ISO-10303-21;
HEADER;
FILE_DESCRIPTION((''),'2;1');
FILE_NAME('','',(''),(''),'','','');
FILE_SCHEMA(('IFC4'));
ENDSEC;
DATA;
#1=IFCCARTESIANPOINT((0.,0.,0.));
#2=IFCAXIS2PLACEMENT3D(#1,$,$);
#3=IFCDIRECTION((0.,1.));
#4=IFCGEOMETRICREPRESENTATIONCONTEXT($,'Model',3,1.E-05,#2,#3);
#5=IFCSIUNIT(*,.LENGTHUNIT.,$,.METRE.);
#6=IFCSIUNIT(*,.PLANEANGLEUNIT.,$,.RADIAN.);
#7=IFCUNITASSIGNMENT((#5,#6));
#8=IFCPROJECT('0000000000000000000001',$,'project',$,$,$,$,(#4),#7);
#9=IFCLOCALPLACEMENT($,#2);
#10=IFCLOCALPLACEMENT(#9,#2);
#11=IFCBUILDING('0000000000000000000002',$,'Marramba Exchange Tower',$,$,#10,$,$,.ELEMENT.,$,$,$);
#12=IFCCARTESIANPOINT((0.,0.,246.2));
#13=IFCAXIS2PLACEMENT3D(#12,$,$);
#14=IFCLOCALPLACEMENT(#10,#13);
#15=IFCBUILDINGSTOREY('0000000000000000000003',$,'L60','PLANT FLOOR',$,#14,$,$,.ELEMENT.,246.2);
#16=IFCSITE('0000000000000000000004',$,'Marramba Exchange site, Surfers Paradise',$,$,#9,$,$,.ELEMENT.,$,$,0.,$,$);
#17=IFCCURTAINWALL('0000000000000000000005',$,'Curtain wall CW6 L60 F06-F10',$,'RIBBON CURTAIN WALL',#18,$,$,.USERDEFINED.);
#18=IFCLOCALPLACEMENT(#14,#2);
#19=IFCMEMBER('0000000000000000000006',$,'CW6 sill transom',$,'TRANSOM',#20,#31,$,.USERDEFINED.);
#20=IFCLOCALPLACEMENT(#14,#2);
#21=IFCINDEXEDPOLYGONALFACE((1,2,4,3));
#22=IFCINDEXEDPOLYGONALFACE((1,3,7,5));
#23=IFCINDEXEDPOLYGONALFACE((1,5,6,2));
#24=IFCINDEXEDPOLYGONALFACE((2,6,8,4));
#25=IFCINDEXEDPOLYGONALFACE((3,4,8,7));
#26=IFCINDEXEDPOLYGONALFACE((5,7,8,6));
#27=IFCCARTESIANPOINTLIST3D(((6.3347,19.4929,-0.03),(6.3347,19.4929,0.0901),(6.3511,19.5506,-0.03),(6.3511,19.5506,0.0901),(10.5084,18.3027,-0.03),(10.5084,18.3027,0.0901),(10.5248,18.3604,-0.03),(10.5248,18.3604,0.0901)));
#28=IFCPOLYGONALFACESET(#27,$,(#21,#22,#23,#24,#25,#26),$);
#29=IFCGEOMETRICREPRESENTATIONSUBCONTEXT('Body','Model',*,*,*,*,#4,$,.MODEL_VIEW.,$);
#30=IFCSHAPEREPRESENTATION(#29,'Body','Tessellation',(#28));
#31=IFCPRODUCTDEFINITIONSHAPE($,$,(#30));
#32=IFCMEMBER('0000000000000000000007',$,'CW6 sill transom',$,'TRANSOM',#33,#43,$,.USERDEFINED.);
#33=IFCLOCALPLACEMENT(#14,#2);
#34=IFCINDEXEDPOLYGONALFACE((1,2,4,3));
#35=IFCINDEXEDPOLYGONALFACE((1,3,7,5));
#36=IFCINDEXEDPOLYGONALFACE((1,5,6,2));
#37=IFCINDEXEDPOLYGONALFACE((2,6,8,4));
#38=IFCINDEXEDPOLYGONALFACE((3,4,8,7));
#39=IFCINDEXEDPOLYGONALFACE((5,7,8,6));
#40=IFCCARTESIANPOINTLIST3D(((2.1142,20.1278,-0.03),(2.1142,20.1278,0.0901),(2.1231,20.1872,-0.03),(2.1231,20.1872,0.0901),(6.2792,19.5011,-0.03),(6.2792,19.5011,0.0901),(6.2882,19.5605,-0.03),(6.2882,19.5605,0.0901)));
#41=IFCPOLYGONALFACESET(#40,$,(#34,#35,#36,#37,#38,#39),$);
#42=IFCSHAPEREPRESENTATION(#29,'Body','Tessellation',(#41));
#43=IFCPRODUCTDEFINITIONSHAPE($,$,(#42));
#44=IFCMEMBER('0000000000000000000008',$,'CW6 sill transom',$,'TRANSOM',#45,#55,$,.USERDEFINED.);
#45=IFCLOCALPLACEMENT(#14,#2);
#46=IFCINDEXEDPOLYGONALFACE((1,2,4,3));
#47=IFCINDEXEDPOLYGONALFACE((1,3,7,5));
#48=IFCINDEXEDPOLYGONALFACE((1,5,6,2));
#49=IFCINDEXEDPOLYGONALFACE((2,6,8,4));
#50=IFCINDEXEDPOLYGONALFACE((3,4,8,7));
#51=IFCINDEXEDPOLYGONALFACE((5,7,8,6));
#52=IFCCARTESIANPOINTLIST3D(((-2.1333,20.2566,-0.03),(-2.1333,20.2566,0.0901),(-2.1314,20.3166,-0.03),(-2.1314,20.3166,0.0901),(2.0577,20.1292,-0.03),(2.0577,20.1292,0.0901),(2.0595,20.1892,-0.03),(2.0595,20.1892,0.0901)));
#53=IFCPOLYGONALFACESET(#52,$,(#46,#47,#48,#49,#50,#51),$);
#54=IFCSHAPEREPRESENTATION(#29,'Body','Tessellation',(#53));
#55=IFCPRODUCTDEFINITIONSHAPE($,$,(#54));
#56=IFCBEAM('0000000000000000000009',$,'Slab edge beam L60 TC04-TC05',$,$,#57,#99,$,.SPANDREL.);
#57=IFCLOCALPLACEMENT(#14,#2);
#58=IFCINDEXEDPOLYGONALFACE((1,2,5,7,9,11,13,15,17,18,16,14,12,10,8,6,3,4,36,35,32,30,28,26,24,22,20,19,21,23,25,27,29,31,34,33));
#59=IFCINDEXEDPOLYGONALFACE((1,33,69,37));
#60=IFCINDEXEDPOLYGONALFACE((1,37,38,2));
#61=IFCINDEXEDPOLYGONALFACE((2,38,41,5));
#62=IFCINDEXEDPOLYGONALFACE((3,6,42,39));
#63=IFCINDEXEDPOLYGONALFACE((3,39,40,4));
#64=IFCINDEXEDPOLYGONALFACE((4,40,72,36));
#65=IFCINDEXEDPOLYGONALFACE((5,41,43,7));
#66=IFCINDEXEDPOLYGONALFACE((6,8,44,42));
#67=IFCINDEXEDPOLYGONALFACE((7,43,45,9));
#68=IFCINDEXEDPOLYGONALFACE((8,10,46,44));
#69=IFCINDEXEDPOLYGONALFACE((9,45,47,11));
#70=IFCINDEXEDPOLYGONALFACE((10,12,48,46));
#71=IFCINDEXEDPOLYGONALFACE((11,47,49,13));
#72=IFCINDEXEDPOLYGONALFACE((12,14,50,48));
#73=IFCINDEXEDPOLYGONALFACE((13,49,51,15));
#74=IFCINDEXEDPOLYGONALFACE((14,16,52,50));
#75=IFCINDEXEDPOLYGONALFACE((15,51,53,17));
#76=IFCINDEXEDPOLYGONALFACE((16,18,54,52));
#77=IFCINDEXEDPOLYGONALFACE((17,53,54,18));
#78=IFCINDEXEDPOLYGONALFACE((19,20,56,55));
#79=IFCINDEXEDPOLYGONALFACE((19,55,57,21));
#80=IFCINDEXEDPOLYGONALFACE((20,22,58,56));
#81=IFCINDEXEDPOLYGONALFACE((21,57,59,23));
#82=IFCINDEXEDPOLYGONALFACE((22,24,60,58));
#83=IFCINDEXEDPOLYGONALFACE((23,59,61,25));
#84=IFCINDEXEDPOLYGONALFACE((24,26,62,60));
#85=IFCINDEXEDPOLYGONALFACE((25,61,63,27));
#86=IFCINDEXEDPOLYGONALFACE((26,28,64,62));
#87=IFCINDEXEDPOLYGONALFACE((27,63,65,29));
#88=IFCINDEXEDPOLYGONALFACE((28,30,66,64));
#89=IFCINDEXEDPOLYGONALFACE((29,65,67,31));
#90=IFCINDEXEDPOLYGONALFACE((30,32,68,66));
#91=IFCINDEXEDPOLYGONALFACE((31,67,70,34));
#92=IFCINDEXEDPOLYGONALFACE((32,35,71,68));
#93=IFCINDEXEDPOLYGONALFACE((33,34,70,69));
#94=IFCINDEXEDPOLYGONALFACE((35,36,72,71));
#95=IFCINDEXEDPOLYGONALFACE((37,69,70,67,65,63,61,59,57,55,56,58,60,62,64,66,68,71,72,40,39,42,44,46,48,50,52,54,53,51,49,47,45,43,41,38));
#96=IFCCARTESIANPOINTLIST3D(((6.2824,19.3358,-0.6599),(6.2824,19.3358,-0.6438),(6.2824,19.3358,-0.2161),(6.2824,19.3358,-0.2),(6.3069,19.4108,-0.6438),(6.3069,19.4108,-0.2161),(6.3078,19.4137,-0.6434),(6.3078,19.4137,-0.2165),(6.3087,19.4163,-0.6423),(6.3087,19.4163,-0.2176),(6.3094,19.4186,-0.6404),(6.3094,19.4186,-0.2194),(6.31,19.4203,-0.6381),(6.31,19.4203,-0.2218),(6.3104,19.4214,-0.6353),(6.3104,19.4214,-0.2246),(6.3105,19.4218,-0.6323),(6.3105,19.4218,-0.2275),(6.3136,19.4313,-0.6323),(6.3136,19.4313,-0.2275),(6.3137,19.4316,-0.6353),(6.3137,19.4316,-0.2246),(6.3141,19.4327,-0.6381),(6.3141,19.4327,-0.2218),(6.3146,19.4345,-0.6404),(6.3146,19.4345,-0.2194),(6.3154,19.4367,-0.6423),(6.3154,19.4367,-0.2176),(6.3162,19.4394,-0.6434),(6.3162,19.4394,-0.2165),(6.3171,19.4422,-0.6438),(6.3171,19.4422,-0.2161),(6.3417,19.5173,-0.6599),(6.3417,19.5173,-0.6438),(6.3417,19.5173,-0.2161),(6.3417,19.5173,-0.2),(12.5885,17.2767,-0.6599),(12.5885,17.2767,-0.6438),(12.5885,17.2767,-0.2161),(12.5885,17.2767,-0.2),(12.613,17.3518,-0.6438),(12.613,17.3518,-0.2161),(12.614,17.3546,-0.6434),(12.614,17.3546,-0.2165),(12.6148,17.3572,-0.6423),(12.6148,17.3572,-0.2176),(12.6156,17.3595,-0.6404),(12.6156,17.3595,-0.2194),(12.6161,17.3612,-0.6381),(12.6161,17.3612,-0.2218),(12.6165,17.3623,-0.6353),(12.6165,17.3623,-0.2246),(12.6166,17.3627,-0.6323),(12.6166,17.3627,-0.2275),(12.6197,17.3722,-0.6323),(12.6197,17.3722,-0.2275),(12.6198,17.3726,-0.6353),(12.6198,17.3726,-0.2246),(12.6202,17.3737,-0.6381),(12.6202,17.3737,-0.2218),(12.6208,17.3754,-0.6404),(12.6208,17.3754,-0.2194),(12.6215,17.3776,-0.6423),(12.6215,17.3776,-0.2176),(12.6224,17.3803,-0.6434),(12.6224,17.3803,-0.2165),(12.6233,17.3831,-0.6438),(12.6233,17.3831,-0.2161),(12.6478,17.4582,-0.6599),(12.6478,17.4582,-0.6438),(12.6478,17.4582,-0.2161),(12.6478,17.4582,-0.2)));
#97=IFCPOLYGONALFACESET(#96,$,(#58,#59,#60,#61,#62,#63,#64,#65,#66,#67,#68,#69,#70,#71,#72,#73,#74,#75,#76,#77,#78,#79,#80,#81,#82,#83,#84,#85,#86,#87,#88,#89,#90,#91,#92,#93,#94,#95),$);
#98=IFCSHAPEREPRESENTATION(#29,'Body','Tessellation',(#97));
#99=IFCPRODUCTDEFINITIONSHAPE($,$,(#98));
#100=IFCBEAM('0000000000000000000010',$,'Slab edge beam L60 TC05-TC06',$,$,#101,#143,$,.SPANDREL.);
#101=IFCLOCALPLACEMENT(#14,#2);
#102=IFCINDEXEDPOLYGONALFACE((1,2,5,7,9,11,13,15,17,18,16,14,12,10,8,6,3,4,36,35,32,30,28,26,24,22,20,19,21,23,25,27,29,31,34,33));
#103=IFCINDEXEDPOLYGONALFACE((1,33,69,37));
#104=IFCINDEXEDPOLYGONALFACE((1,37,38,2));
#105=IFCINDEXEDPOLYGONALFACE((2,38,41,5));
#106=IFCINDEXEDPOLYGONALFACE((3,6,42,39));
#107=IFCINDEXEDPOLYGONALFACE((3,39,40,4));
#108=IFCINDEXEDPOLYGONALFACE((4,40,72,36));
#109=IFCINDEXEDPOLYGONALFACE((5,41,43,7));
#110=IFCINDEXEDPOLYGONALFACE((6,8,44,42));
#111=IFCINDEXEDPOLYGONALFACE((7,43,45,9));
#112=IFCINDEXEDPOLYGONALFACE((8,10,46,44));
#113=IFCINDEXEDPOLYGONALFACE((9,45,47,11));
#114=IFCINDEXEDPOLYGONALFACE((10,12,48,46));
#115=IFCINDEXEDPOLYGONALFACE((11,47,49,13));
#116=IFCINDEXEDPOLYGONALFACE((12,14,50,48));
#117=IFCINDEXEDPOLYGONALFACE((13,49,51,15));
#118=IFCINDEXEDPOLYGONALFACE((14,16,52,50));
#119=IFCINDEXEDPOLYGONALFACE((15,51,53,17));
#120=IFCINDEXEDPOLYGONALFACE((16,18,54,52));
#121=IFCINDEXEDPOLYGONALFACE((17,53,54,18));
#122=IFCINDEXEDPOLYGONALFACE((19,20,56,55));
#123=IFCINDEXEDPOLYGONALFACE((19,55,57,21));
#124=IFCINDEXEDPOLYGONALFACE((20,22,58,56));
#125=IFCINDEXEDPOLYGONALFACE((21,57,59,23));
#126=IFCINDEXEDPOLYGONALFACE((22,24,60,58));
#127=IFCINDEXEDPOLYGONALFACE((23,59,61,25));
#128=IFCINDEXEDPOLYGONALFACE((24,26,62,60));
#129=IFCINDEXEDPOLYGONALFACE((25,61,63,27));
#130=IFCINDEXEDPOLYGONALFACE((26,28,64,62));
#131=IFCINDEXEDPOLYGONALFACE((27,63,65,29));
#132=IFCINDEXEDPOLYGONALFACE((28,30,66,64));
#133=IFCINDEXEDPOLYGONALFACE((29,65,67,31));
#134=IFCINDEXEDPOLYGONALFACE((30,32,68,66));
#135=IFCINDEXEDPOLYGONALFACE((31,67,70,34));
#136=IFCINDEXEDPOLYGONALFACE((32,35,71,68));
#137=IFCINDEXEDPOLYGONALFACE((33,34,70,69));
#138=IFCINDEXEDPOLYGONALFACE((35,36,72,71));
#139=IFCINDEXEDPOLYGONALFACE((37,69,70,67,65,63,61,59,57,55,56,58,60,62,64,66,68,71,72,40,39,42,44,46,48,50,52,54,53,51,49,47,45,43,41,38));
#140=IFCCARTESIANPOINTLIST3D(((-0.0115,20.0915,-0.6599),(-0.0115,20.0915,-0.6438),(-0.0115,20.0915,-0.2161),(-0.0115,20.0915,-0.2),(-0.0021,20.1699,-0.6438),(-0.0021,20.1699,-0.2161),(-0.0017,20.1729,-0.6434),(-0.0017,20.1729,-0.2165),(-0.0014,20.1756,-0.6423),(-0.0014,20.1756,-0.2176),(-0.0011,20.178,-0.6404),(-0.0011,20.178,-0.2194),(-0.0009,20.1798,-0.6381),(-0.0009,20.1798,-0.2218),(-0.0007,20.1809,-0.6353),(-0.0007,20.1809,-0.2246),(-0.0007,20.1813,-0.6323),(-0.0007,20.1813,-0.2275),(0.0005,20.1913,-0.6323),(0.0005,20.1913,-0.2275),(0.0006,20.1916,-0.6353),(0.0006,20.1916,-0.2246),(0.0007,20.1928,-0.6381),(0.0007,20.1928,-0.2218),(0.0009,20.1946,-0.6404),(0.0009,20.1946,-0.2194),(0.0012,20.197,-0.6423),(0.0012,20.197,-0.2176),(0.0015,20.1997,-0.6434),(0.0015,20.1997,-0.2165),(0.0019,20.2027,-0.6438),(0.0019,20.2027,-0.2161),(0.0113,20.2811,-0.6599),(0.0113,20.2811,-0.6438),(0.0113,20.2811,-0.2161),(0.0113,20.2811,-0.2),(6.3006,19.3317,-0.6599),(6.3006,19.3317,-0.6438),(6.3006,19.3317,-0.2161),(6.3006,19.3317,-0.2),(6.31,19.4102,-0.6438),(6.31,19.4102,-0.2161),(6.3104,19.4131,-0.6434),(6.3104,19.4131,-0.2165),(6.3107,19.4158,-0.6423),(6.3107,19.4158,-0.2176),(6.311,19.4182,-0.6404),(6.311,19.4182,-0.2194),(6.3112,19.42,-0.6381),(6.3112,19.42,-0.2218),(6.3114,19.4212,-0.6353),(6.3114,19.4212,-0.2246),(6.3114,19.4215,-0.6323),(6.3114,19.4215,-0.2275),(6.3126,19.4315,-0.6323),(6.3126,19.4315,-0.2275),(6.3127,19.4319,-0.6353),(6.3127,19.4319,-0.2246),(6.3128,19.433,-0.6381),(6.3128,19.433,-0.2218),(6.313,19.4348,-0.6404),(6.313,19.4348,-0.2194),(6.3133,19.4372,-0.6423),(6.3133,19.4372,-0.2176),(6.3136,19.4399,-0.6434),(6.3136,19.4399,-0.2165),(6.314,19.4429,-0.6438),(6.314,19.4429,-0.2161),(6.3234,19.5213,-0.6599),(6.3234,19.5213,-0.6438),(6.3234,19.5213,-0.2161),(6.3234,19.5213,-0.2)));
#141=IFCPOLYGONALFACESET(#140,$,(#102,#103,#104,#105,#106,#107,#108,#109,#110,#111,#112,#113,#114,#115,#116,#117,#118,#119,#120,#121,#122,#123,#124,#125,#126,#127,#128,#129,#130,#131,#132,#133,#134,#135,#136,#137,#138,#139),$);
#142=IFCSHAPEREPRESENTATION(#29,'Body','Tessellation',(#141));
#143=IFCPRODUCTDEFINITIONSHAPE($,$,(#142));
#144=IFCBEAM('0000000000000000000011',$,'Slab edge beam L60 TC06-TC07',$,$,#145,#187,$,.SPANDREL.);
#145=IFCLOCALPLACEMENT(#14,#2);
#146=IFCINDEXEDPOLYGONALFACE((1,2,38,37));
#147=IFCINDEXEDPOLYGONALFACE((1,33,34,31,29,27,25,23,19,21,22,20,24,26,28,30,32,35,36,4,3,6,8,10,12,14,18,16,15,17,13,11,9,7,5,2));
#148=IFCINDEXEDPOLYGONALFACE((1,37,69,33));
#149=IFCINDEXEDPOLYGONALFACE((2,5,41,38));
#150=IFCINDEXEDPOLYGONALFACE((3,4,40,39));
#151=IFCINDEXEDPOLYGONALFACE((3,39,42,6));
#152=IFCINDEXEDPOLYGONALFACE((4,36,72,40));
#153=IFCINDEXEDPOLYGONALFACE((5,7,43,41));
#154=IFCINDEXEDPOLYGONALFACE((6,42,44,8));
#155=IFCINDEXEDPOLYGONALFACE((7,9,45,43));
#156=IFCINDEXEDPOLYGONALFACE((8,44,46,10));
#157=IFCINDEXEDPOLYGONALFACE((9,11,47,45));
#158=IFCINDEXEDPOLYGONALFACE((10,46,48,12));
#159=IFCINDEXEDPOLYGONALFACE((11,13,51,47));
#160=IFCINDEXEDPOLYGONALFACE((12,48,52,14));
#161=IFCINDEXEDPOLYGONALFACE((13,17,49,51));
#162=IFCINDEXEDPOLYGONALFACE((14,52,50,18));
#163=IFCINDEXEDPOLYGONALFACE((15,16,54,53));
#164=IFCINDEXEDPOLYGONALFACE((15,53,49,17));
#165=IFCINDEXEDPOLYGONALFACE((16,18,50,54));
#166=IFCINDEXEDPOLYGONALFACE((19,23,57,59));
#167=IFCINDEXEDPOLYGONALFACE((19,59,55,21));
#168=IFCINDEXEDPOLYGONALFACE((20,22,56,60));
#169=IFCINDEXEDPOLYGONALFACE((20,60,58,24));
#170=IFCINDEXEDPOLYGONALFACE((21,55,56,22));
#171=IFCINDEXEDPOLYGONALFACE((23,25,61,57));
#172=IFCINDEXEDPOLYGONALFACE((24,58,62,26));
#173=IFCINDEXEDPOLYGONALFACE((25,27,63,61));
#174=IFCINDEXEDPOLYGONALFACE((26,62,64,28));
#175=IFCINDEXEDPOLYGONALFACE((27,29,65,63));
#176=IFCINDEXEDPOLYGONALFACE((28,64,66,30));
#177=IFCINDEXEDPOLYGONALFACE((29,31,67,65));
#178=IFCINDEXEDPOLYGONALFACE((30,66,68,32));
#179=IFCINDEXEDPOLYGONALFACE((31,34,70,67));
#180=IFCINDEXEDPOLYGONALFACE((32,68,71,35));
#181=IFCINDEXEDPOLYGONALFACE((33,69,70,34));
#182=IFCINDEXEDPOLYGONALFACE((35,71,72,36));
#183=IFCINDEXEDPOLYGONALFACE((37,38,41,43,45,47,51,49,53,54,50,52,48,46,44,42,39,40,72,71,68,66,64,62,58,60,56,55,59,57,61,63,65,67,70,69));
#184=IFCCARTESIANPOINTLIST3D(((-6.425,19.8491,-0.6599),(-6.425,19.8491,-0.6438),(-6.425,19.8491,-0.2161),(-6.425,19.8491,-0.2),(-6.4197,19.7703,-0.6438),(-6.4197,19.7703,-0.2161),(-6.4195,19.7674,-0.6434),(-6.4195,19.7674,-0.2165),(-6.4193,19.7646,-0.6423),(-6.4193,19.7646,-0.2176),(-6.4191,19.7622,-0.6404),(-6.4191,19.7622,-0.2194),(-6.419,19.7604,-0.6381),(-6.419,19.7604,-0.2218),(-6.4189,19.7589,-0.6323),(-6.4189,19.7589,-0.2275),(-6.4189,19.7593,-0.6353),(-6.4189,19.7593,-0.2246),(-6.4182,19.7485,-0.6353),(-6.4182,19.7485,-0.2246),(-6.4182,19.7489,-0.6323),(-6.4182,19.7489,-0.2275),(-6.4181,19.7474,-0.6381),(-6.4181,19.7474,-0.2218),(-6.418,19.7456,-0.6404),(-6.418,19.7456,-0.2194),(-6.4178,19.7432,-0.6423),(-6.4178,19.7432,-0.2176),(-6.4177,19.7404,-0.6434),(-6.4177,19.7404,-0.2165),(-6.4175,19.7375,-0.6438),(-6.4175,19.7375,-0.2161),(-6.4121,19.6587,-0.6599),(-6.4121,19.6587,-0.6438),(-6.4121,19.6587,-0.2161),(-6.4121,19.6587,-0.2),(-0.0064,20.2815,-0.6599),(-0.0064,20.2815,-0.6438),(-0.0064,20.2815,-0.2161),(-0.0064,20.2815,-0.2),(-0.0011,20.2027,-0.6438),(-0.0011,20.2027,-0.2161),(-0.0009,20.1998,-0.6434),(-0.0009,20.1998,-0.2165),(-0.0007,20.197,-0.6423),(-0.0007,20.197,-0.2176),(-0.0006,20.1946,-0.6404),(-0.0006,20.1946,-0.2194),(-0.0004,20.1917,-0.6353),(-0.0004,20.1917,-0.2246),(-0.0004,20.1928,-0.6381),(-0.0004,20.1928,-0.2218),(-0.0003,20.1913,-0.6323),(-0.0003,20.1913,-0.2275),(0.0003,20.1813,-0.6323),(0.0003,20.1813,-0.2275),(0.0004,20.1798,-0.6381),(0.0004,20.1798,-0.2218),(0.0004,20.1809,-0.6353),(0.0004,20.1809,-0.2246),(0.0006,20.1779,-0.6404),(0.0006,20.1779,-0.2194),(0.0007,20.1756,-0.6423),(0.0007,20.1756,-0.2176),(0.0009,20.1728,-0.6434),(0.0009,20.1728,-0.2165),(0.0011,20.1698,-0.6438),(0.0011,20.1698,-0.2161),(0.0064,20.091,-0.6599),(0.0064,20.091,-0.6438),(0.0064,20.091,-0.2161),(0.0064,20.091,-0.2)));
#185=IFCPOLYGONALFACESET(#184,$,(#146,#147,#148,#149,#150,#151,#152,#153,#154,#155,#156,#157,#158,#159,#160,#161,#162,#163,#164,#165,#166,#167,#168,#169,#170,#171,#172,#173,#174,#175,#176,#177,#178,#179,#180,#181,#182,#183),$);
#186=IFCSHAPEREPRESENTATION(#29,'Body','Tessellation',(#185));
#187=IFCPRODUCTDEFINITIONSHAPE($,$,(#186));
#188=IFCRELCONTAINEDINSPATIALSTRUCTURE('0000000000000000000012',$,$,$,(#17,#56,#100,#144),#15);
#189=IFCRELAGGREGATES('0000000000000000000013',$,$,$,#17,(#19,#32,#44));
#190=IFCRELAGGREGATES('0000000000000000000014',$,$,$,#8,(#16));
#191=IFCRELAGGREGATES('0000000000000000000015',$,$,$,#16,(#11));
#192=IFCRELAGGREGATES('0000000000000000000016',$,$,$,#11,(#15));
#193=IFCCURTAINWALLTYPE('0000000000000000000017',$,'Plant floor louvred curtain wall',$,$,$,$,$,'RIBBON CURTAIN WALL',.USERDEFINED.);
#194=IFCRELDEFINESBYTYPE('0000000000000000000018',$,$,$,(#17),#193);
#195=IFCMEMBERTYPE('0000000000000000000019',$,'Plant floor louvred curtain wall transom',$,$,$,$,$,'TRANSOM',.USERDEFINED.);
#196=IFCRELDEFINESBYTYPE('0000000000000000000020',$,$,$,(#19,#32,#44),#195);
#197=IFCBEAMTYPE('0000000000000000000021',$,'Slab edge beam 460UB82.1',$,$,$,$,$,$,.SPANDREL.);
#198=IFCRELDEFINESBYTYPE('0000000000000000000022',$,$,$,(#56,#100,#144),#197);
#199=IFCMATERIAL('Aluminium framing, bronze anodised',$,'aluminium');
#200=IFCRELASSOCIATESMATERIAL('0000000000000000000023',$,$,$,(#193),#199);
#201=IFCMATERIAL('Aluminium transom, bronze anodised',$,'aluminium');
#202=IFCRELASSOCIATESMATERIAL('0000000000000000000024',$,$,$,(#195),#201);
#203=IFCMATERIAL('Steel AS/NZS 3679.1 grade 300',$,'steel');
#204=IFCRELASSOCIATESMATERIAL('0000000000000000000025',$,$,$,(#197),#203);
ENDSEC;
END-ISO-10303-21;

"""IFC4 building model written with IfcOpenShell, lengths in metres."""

from ifc_helpers import new_model, si_unit, direction, frame, origin, origin_2d, place, context, subcontext, project, spatial, rectangle, i_section, extrude, material, material_profile, profile_set, type_object, element, aggregate, save


model = new_model("IFC4")

# Units and contexts
model_context = context("Model", 3, precision=1e-05, world=origin(), true_north=direction((0.0, 1.0)))
body_context = subcontext(model_context, "Body", "Model", "MODEL_VIEW")
ifc_project = project(units=[si_unit("LENGTHUNIT", "METRE"), si_unit("PLANEANGLEUNIT", "RADIAN")], contexts=[model_context])

# Site, building, storey
site_placement = place(None, origin())
site = spatial("IfcSite", under=ifc_project, at=site_placement, Name="Marramba Exchange site, Surfers Paradise", CompositionType="ELEMENT", RefElevation=0.0)
building_placement = place(site_placement, origin())
building = spatial("IfcBuilding", under=site, at=building_placement, Name="Marramba Exchange Tower", CompositionType="ELEMENT")
storey_placement = place(building_placement, frame((0.0, 0.0, 246.2)))
storey = spatial("IfcBuildingStorey", under=building, at=storey_placement, Name="L60", Description="PLANT FLOOR", CompositionType="ELEMENT", Elevation=246.2)

# Curtain wall, members
ifc_material_1 = material(Name="Aluminium framing, bronze anodised", Category="aluminium")
curtain_wall_type = type_object("IfcCurtainWallType", Name="Plant floor louvred curtain wall", ElementType="RIBBON CURTAIN WALL", PredefinedType="USERDEFINED", material=ifc_material_1)
curtain_wall_1_placement = place(storey_placement, origin())
curtain_wall_1 = element("IfcCurtainWall", 1, at=curtain_wall_1_placement, inside=storey, type_object=curtain_wall_type, Name="Curtain wall CW6 L60 F06-F10", ObjectType="RIBBON CURTAIN WALL", PredefinedType="USERDEFINED")
ifc_material_2 = material(Name="Aluminium transom, bronze anodised", Category="aluminium")
ifc_material_profile_1 = material_profile(ifc_material_2, rectangle(XDim=0.0601, YDim=0.1201, at=origin_2d()), Name="CW6 transom 60x120")
ifc_profile_set_1 = profile_set([ifc_material_profile_1], Name="Aluminium transom, bronze anodised")
member_type_1 = type_object("IfcMemberType", Name="Plant floor louvred curtain wall transom", ElementType="TRANSOM", PredefinedType="USERDEFINED", material=ifc_profile_set_1)
member_1_placement = place(storey_placement, frame((10.5166, 18.3315, 0.03), z_axis=(-0.961662, 0.274238, 0.0), x_axis=(-0.274238, -0.961662, 0.0)))
member_1 = element("IfcMember", 2, at=member_1_placement, type_object=member_type_1, Name="CW6 sill transom", ObjectType="TRANSOM", PredefinedType="USERDEFINED", context=body_context, shape_type="SweptSolid", body=[
    extrude(rectangle(XDim=0.0601, YDim=0.1201, at=origin_2d()), origin(), (0.0, 0.0, 1.0), 4.3401),
])
member_2_placement = place(storey_placement, frame((6.2837, 19.5308, 0.03), z_axis=(-0.988868, 0.148794, 0.0), x_axis=(-0.148794, -0.988868, 0.0)))
member_2 = element("IfcMember", 3, at=member_2_placement, type_object=member_type_1, Name="CW6 sill transom", ObjectType="TRANSOM", PredefinedType="USERDEFINED", context=body_context, shape_type="SweptSolid", body=[
    extrude(rectangle(XDim=0.0601, YDim=0.1201, at=origin_2d()), origin(), (0.0, 0.0, 1.0), 4.2119),
])
member_3_placement = place(storey_placement, frame((2.0586, 20.1592, 0.03), z_axis=(-0.999538, 0.030395, 0.0), x_axis=(-0.030395, -0.999538, 0.0)))
member_3 = element("IfcMember", 4, at=member_3_placement, type_object=member_type_1, Name="CW6 sill transom", ObjectType="TRANSOM", PredefinedType="USERDEFINED", context=body_context, shape_type="SweptSolid", body=[
    extrude(rectangle(XDim=0.0601, YDim=0.1201, at=origin_2d()), origin(), (0.0, 0.0, 1.0), 4.1929),
])

# Beams
ifc_material_3 = material(Name="Steel AS/NZS 3679.1 grade 300", Category="steel")
ifc_material_profile_2 = material_profile(ifc_material_3, i_section(OverallWidth=0.1909, OverallDepth=0.46, WebThickness=0.01, FlangeThickness=0.0161, FilletRadius=0.0115, at=origin_2d()), Name="460UB82.1")
ifc_profile_set_2 = profile_set([ifc_material_profile_2], Name="Steel AS/NZS 3679.1 grade 300")
beam_type_1 = type_object("IfcBeamType", Name="Slab edge beam 460UB82.1", PredefinedType="SPANDREL", material=ifc_profile_set_2)
beam_1_placement = place(storey_placement, frame((12.6182, 17.3674, -0.4299), z_axis=(-0.950609, 0.310392, 0.0), x_axis=(-0.310392, -0.950609, 0.0)))
element("IfcBeam", 5, at=beam_1_placement, inside=storey, type_object=beam_type_1, Name="Slab edge beam L60 TC04-TC05", PredefinedType="SPANDREL", context=body_context, shape_type="SweptSolid", body=[
    extrude(i_section(OverallWidth=0.1909, OverallDepth=0.46, WebThickness=0.01, FlangeThickness=0.0161, FilletRadius=0.0115, at=origin_2d()), origin(), (0.0, 0.0, 1.0), 6.6338),
])
beam_2_placement = place(storey_placement, frame((6.312, 19.4265, -0.4299), z_axis=(-0.992834, 0.119506, 0.0), x_axis=(-0.119506, -0.992834, 0.0)))
element("IfcBeam", 6, at=beam_2_placement, inside=storey, type_object=beam_type_1, Name="Slab edge beam L60 TC05-TC06", PredefinedType="SPANDREL", context=body_context, shape_type="SweptSolid", body=[
    extrude(i_section(OverallWidth=0.1909, OverallDepth=0.46, WebThickness=0.01, FlangeThickness=0.0161, FilletRadius=0.0115, at=origin_2d()), origin(), (0.0, 0.0, 1.0), 6.3577),
])
beam_3_placement = place(storey_placement, frame((0.0, 20.1863, -0.4299), z_axis=(-0.997739, -0.067212, 0.0), x_axis=(0.067212, -0.997739, 0.0)))
element("IfcBeam", 7, at=beam_3_placement, inside=storey, type_object=beam_type_1, Name="Slab edge beam L60 TC06-TC07", PredefinedType="SPANDREL", context=body_context, shape_type="SweptSolid", body=[
    extrude(i_section(OverallWidth=0.1909, OverallDepth=0.46, WebThickness=0.01, FlangeThickness=0.0161, FilletRadius=0.0115, at=origin_2d()), origin(), (0.0, 0.0, 1.0), 6.4331),
])

aggregate(curtain_wall_1, [member_1, member_2, member_3])

save(model, "model.ifc")
